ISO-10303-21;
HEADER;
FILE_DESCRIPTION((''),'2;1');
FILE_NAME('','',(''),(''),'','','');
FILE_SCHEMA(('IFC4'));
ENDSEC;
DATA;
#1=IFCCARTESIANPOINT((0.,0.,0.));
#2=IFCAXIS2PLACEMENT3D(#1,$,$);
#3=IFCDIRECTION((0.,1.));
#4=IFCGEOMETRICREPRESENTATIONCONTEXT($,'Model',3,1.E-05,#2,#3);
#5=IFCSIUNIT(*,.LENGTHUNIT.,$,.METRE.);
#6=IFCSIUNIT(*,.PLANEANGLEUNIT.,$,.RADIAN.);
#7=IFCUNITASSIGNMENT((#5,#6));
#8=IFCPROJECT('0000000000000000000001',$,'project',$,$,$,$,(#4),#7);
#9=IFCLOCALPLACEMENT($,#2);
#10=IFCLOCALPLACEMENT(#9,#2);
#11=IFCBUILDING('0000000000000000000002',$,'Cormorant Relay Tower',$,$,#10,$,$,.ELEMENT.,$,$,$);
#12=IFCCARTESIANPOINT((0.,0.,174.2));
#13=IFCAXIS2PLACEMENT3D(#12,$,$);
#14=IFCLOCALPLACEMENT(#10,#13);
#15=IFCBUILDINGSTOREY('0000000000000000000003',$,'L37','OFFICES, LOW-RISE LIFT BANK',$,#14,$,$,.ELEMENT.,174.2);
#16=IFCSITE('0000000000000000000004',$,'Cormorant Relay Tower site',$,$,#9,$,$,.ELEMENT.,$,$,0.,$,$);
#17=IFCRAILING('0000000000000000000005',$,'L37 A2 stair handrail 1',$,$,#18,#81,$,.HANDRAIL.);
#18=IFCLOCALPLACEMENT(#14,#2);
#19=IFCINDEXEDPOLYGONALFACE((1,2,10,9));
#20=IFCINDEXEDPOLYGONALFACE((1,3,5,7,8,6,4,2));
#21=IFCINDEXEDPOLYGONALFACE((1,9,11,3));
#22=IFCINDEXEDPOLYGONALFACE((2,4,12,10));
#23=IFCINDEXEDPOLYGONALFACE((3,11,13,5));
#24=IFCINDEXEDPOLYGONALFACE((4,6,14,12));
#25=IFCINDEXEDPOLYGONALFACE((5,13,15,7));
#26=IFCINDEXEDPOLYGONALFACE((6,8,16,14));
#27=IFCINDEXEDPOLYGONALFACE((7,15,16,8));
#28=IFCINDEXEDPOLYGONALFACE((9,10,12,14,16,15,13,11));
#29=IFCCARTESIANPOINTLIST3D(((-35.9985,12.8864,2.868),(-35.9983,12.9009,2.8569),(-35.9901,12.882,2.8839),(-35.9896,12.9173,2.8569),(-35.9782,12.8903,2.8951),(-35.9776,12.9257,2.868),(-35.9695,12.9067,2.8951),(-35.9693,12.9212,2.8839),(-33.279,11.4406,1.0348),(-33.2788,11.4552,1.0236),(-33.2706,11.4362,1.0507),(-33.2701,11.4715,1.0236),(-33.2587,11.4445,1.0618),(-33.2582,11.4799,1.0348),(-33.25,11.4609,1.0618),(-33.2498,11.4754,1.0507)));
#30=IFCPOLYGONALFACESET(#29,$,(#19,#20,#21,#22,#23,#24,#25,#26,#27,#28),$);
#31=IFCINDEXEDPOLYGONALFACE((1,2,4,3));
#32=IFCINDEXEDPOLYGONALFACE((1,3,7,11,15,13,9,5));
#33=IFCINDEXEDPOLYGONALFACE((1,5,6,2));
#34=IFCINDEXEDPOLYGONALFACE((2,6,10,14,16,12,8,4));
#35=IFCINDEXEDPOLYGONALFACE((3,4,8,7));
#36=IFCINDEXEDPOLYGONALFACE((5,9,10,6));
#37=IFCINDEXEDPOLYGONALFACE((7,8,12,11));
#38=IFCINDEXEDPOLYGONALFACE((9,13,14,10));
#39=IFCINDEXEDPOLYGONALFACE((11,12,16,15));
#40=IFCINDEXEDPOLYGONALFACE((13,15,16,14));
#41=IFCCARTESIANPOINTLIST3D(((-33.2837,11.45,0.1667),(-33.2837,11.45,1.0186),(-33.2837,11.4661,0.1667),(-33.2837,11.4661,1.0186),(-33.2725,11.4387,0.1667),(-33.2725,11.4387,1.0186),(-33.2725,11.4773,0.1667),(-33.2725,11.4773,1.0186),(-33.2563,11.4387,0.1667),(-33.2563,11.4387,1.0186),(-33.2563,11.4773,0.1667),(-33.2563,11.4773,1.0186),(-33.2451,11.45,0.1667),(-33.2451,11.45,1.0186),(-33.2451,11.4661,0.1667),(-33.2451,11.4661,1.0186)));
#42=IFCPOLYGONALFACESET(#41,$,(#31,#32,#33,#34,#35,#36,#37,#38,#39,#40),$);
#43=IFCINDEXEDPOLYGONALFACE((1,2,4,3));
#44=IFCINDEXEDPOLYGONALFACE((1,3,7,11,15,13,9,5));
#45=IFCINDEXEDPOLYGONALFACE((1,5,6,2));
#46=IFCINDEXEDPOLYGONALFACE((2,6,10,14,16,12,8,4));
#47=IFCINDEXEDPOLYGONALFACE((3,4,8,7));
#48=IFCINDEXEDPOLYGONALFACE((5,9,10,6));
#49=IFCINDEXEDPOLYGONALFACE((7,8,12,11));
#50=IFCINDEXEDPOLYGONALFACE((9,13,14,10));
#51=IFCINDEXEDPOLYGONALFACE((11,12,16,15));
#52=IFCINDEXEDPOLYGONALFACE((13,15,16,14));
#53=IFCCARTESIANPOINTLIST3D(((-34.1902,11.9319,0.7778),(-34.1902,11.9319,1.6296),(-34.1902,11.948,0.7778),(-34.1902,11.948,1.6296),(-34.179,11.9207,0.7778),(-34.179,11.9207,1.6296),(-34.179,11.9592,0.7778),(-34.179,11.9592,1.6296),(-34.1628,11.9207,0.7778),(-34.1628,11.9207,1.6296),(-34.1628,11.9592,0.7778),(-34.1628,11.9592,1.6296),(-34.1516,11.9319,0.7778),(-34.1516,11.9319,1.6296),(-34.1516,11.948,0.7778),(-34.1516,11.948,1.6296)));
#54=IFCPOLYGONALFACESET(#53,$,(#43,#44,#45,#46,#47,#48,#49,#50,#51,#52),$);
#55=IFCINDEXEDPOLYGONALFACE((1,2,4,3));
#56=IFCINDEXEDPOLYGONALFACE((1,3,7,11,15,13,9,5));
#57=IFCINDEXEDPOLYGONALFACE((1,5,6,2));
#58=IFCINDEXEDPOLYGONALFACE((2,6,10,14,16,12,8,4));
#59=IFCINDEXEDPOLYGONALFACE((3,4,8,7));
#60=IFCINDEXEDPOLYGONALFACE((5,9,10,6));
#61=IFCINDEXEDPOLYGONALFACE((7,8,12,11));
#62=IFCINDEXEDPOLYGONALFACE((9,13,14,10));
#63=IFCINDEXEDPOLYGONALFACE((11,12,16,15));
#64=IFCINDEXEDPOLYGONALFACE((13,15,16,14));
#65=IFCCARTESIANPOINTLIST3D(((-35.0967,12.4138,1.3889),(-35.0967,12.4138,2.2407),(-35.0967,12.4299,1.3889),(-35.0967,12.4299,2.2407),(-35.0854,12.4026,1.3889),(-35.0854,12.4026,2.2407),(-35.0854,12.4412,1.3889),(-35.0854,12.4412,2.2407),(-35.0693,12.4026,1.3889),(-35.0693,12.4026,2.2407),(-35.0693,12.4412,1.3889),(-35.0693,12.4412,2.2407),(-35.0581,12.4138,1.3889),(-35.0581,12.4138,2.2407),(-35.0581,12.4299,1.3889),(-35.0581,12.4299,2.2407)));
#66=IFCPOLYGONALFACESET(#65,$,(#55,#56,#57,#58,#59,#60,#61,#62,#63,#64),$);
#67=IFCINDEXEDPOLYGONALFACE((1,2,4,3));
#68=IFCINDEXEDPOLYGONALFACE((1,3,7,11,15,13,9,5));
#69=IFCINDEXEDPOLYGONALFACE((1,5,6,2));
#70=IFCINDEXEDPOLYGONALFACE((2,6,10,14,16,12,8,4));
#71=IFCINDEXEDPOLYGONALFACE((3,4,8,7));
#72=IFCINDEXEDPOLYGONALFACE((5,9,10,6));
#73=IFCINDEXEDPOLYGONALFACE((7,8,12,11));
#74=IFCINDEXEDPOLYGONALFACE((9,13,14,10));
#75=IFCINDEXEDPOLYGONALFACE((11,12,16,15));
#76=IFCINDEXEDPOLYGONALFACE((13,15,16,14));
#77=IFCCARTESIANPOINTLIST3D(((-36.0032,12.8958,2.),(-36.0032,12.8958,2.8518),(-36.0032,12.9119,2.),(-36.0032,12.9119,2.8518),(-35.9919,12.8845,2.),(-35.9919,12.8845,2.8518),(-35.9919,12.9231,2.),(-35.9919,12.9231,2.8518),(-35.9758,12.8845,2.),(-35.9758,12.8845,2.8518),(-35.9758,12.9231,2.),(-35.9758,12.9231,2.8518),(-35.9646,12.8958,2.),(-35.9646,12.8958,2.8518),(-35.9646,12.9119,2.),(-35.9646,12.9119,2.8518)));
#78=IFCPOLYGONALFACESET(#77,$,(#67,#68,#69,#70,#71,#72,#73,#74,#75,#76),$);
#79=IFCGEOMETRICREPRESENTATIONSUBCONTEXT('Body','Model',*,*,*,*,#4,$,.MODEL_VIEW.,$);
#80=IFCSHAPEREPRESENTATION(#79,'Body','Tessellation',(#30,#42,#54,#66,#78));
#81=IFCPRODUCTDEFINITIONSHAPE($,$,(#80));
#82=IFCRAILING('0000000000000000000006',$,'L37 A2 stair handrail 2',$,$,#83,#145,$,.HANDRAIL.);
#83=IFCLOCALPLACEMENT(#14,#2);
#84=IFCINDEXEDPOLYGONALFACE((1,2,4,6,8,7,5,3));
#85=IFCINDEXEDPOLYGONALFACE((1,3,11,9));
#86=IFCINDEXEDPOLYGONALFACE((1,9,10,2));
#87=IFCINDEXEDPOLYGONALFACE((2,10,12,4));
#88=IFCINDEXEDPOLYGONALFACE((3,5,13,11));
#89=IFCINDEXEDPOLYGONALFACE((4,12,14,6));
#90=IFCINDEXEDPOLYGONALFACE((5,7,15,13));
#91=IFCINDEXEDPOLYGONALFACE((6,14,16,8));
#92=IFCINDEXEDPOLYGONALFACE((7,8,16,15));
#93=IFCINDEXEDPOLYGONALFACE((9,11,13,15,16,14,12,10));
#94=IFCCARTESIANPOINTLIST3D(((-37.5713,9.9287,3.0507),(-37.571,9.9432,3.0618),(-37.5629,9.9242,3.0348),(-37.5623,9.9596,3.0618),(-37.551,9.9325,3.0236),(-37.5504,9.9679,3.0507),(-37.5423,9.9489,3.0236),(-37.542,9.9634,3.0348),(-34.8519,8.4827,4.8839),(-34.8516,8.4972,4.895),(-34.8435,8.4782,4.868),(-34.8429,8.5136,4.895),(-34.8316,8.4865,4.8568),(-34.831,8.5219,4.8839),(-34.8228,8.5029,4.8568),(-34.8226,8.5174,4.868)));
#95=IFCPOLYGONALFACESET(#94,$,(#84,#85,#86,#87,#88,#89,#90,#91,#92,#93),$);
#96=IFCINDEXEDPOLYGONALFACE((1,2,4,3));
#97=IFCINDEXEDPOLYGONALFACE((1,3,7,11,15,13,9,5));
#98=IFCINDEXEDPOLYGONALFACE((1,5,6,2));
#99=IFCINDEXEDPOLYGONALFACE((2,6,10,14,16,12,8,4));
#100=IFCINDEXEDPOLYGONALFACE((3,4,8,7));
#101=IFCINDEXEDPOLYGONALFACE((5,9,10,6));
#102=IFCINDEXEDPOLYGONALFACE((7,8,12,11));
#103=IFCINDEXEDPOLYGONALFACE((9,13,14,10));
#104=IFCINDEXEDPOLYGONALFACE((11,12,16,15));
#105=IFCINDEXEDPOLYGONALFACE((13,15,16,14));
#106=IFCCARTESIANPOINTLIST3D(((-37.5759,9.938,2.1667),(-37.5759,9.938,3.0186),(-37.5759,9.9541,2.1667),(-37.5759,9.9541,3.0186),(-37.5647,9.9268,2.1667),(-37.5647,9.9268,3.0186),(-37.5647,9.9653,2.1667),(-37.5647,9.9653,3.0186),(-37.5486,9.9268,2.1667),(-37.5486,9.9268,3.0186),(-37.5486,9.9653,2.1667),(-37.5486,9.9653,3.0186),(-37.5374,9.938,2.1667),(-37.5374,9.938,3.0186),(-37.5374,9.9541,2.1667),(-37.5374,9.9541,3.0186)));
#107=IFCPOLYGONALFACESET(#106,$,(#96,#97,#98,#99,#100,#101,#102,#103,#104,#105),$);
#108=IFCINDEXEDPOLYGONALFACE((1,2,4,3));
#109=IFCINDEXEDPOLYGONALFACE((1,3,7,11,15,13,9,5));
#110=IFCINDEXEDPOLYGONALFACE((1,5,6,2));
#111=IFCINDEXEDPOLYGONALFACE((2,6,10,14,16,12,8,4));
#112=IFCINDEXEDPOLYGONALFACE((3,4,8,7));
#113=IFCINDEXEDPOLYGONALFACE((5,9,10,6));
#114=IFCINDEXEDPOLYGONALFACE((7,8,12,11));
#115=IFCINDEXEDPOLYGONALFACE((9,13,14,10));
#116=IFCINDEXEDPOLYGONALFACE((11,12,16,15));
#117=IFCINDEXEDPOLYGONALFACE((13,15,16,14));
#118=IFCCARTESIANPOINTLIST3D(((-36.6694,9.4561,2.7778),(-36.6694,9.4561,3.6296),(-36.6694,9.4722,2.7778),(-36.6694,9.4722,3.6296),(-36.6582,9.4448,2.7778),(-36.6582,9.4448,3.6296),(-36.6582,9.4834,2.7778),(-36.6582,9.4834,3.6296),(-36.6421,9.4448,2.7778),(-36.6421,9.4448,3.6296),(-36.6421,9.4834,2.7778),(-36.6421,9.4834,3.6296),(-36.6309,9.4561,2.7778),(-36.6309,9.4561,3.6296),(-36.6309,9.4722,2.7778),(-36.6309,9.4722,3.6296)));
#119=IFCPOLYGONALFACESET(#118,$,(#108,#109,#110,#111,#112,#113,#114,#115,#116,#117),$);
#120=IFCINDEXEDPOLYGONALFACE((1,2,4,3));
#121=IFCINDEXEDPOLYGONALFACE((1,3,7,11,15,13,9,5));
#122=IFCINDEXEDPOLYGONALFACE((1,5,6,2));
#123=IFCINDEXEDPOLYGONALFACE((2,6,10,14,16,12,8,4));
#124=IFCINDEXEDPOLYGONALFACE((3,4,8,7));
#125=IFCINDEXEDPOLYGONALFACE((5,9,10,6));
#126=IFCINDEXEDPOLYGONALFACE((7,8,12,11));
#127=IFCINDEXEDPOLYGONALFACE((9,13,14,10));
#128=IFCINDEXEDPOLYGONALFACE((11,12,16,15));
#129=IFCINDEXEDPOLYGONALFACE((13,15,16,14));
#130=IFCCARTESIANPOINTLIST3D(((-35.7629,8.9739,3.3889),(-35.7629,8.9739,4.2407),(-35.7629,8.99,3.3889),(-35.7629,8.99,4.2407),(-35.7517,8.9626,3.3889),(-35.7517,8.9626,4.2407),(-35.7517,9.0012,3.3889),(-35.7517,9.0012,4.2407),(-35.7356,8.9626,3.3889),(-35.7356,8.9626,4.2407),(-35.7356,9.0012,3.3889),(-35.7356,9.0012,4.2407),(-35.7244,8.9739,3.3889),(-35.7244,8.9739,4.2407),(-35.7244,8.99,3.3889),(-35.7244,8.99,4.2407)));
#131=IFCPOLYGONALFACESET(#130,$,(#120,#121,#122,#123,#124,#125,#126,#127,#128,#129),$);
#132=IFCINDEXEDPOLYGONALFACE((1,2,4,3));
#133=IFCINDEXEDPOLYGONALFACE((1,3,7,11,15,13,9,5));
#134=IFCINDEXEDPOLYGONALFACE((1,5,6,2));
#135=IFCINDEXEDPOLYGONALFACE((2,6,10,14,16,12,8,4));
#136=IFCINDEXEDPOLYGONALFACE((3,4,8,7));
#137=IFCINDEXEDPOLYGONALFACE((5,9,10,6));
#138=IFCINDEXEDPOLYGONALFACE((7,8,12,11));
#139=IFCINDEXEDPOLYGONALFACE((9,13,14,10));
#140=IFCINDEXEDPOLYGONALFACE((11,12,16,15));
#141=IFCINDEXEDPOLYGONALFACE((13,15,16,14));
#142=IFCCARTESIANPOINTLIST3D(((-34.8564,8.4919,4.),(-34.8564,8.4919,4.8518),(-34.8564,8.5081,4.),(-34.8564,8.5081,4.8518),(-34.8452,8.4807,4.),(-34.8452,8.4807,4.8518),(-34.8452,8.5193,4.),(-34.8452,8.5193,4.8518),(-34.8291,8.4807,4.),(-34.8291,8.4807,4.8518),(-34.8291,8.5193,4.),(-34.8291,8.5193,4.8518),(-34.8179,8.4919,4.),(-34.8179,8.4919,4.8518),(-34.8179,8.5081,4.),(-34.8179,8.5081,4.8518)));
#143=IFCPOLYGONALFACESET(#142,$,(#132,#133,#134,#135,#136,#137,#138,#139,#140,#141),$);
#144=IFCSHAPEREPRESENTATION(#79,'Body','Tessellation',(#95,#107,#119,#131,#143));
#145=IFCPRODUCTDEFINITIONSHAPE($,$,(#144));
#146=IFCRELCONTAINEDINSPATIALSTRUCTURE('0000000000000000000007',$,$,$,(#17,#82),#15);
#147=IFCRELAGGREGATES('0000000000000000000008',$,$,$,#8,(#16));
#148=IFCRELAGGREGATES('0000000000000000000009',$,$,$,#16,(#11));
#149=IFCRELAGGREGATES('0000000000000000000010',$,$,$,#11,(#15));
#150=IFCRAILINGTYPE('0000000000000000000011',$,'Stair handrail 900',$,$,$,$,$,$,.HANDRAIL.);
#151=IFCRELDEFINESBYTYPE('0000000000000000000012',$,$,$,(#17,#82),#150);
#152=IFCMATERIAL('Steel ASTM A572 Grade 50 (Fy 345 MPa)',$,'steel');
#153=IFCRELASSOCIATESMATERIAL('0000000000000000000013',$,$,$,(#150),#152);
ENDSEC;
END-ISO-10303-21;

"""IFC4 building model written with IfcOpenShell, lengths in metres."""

from ifc_helpers import new_model, si_unit, direction, frame, origin, place, context, subcontext, project, spatial, polyline, outline, extrude, material, type_object, element, save


model = new_model("IFC4")

# Units and contexts
model_context = context("Model", 3, precision=1e-05, world=origin(), true_north=direction((0.0, 1.0)))
body_context = subcontext(model_context, "Body", "Model", "MODEL_VIEW")
ifc_project = project(units=[si_unit("LENGTHUNIT", "METRE"), si_unit("PLANEANGLEUNIT", "RADIAN")], contexts=[model_context])

# Site, building, storey
site_placement = place(None, origin())
site = spatial("IfcSite", under=ifc_project, at=site_placement, Name="Cormorant Relay Tower site", CompositionType="ELEMENT", RefElevation=0.0)
building_placement = place(site_placement, origin())
building = spatial("IfcBuilding", under=site, at=building_placement, Name="Cormorant Relay Tower", CompositionType="ELEMENT")
storey_placement = place(building_placement, frame((0.0, 0.0, 174.2)))
storey = spatial("IfcBuildingStorey", under=building, at=storey_placement, Name="L37", Description="OFFICES, LOW-RISE LIFT BANK", CompositionType="ELEMENT", Elevation=174.2)

# Railings
ifc_material_1 = material(Name="Steel ASTM A572 Grade 50 (Fy 345 MPa)", Category="steel")
railing_type_1 = type_object("IfcRailingType", Name="Stair handrail 900", PredefinedType="HANDRAIL", material=ifc_material_1)
railing_1_placement = place(storey_placement, frame((-33.2644, 11.458, 0.1667)))
element("IfcRailing", 1, at=railing_1_placement, inside=storey, type_object=railing_type_1, Name="L37 A2 stair handrail 1", PredefinedType="HANDRAIL", context=body_context, shape_type="SweptSolid", body=[
    extrude(outline(polyline([(0.0222, 0.0093), (0.0093, 0.0222), (-0.0093, 0.0222), (-0.0222, 0.0093), (-0.0222, -0.0093), (-0.0093, -0.0222), (0.0093, -0.0222), (0.0222, -0.0093), (0.0222, 0.0093)])), frame((0.0, 0.0, 0.876), z_axis=(-0.758735, 0.403378, 0.511477), x_axis=(-0.469428, -0.882971, 0.0)), (0.0, 0.0, 1.0), 3.5842),
    extrude(outline(polyline([(0.0193, 0.0081), (0.0081, 0.0193), (-0.0081, 0.0193), (-0.0193, 0.0081), (-0.0193, -0.0081), (-0.0081, -0.0193), (0.0081, -0.0193), (0.0193, -0.0081), (0.0193, 0.0081)])), origin(), (0.0, 0.0, 1.0), 0.8518),
    extrude(outline(polyline([(0.0193, 0.0081), (0.0081, 0.0193), (-0.0081, 0.0193), (-0.0193, 0.0081), (-0.0193, -0.0081), (-0.0081, -0.0193), (0.0081, -0.0193), (0.0193, -0.0081), (0.0193, 0.0081)])), frame((-0.9065, 0.4819, 0.6111)), (0.0, 0.0, 1.0), 0.8518),
    extrude(outline(polyline([(0.0193, 0.0081), (0.0081, 0.0193), (-0.0081, 0.0193), (-0.0193, 0.0081), (-0.0193, -0.0081), (-0.0081, -0.0193), (0.0081, -0.0193), (0.0193, -0.0081), (0.0193, 0.0081)])), frame((-1.813, 0.9639, 1.2222)), (0.0, 0.0, 1.0), 0.8518),
    extrude(outline(polyline([(0.0193, 0.0081), (0.0081, 0.0193), (-0.0081, 0.0193), (-0.0193, 0.0081), (-0.0193, -0.0081), (-0.0081, -0.0193), (0.0081, -0.0193), (0.0193, -0.0081), (0.0193, 0.0081)])), frame((-2.7195, 1.4458, 1.8333)), (0.0, 0.0, 1.0), 0.8518),
])
railing_2_placement = place(storey_placement, frame((-37.5566, 9.946, 2.1667)))
element("IfcRailing", 2, at=railing_2_placement, inside=storey, type_object=railing_type_1, Name="L37 A2 stair handrail 2", PredefinedType="HANDRAIL", context=body_context, shape_type="SweptSolid", body=[
    extrude(outline(polyline([(0.0222, 0.0093), (0.0093, 0.0222), (-0.0093, 0.0222), (-0.0222, 0.0093), (-0.0222, -0.0093), (-0.0093, -0.0222), (0.0093, -0.0222), (0.0222, -0.0093), (0.0222, 0.0093)])), frame((0.0, 0.0, 0.876), z_axis=(0.758714, -0.403435, 0.511463), x_axis=(0.469489, 0.882938, 0.0)), (0.0, 0.0, 1.0), 3.5842),
    extrude(outline(polyline([(0.0193, 0.0081), (0.0081, 0.0193), (-0.0081, 0.0193), (-0.0193, 0.0081), (-0.0193, -0.0081), (-0.0081, -0.0193), (0.0081, -0.0193), (0.0193, -0.0081), (0.0193, 0.0081)])), origin(), (0.0, 0.0, 1.0), 0.8518),
    extrude(outline(polyline([(0.0193, 0.0081), (0.0081, 0.0193), (-0.0081, 0.0193), (-0.0193, 0.0081), (-0.0193, -0.0081), (-0.0081, -0.0193), (0.0081, -0.0193), (0.0193, -0.0081), (0.0193, 0.0081)])), frame((0.9065, -0.4819, 0.6111)), (0.0, 0.0, 1.0), 0.8518),
    extrude(outline(polyline([(0.0193, 0.0081), (0.0081, 0.0193), (-0.0081, 0.0193), (-0.0193, 0.0081), (-0.0193, -0.0081), (-0.0081, -0.0193), (0.0081, -0.0193), (0.0193, -0.0081), (0.0193, 0.0081)])), frame((1.813, -0.9641, 1.2222)), (0.0, 0.0, 1.0), 0.8518),
    extrude(outline(polyline([(0.0193, 0.0081), (0.0081, 0.0193), (-0.0081, 0.0193), (-0.0193, 0.0081), (-0.0193, -0.0081), (-0.0081, -0.0193), (0.0081, -0.0193), (0.0193, -0.0081), (0.0193, 0.0081)])), frame((2.7195, -1.446, 1.8333)), (0.0, 0.0, 1.0), 0.8518),
])

save(model, "model.ifc")
